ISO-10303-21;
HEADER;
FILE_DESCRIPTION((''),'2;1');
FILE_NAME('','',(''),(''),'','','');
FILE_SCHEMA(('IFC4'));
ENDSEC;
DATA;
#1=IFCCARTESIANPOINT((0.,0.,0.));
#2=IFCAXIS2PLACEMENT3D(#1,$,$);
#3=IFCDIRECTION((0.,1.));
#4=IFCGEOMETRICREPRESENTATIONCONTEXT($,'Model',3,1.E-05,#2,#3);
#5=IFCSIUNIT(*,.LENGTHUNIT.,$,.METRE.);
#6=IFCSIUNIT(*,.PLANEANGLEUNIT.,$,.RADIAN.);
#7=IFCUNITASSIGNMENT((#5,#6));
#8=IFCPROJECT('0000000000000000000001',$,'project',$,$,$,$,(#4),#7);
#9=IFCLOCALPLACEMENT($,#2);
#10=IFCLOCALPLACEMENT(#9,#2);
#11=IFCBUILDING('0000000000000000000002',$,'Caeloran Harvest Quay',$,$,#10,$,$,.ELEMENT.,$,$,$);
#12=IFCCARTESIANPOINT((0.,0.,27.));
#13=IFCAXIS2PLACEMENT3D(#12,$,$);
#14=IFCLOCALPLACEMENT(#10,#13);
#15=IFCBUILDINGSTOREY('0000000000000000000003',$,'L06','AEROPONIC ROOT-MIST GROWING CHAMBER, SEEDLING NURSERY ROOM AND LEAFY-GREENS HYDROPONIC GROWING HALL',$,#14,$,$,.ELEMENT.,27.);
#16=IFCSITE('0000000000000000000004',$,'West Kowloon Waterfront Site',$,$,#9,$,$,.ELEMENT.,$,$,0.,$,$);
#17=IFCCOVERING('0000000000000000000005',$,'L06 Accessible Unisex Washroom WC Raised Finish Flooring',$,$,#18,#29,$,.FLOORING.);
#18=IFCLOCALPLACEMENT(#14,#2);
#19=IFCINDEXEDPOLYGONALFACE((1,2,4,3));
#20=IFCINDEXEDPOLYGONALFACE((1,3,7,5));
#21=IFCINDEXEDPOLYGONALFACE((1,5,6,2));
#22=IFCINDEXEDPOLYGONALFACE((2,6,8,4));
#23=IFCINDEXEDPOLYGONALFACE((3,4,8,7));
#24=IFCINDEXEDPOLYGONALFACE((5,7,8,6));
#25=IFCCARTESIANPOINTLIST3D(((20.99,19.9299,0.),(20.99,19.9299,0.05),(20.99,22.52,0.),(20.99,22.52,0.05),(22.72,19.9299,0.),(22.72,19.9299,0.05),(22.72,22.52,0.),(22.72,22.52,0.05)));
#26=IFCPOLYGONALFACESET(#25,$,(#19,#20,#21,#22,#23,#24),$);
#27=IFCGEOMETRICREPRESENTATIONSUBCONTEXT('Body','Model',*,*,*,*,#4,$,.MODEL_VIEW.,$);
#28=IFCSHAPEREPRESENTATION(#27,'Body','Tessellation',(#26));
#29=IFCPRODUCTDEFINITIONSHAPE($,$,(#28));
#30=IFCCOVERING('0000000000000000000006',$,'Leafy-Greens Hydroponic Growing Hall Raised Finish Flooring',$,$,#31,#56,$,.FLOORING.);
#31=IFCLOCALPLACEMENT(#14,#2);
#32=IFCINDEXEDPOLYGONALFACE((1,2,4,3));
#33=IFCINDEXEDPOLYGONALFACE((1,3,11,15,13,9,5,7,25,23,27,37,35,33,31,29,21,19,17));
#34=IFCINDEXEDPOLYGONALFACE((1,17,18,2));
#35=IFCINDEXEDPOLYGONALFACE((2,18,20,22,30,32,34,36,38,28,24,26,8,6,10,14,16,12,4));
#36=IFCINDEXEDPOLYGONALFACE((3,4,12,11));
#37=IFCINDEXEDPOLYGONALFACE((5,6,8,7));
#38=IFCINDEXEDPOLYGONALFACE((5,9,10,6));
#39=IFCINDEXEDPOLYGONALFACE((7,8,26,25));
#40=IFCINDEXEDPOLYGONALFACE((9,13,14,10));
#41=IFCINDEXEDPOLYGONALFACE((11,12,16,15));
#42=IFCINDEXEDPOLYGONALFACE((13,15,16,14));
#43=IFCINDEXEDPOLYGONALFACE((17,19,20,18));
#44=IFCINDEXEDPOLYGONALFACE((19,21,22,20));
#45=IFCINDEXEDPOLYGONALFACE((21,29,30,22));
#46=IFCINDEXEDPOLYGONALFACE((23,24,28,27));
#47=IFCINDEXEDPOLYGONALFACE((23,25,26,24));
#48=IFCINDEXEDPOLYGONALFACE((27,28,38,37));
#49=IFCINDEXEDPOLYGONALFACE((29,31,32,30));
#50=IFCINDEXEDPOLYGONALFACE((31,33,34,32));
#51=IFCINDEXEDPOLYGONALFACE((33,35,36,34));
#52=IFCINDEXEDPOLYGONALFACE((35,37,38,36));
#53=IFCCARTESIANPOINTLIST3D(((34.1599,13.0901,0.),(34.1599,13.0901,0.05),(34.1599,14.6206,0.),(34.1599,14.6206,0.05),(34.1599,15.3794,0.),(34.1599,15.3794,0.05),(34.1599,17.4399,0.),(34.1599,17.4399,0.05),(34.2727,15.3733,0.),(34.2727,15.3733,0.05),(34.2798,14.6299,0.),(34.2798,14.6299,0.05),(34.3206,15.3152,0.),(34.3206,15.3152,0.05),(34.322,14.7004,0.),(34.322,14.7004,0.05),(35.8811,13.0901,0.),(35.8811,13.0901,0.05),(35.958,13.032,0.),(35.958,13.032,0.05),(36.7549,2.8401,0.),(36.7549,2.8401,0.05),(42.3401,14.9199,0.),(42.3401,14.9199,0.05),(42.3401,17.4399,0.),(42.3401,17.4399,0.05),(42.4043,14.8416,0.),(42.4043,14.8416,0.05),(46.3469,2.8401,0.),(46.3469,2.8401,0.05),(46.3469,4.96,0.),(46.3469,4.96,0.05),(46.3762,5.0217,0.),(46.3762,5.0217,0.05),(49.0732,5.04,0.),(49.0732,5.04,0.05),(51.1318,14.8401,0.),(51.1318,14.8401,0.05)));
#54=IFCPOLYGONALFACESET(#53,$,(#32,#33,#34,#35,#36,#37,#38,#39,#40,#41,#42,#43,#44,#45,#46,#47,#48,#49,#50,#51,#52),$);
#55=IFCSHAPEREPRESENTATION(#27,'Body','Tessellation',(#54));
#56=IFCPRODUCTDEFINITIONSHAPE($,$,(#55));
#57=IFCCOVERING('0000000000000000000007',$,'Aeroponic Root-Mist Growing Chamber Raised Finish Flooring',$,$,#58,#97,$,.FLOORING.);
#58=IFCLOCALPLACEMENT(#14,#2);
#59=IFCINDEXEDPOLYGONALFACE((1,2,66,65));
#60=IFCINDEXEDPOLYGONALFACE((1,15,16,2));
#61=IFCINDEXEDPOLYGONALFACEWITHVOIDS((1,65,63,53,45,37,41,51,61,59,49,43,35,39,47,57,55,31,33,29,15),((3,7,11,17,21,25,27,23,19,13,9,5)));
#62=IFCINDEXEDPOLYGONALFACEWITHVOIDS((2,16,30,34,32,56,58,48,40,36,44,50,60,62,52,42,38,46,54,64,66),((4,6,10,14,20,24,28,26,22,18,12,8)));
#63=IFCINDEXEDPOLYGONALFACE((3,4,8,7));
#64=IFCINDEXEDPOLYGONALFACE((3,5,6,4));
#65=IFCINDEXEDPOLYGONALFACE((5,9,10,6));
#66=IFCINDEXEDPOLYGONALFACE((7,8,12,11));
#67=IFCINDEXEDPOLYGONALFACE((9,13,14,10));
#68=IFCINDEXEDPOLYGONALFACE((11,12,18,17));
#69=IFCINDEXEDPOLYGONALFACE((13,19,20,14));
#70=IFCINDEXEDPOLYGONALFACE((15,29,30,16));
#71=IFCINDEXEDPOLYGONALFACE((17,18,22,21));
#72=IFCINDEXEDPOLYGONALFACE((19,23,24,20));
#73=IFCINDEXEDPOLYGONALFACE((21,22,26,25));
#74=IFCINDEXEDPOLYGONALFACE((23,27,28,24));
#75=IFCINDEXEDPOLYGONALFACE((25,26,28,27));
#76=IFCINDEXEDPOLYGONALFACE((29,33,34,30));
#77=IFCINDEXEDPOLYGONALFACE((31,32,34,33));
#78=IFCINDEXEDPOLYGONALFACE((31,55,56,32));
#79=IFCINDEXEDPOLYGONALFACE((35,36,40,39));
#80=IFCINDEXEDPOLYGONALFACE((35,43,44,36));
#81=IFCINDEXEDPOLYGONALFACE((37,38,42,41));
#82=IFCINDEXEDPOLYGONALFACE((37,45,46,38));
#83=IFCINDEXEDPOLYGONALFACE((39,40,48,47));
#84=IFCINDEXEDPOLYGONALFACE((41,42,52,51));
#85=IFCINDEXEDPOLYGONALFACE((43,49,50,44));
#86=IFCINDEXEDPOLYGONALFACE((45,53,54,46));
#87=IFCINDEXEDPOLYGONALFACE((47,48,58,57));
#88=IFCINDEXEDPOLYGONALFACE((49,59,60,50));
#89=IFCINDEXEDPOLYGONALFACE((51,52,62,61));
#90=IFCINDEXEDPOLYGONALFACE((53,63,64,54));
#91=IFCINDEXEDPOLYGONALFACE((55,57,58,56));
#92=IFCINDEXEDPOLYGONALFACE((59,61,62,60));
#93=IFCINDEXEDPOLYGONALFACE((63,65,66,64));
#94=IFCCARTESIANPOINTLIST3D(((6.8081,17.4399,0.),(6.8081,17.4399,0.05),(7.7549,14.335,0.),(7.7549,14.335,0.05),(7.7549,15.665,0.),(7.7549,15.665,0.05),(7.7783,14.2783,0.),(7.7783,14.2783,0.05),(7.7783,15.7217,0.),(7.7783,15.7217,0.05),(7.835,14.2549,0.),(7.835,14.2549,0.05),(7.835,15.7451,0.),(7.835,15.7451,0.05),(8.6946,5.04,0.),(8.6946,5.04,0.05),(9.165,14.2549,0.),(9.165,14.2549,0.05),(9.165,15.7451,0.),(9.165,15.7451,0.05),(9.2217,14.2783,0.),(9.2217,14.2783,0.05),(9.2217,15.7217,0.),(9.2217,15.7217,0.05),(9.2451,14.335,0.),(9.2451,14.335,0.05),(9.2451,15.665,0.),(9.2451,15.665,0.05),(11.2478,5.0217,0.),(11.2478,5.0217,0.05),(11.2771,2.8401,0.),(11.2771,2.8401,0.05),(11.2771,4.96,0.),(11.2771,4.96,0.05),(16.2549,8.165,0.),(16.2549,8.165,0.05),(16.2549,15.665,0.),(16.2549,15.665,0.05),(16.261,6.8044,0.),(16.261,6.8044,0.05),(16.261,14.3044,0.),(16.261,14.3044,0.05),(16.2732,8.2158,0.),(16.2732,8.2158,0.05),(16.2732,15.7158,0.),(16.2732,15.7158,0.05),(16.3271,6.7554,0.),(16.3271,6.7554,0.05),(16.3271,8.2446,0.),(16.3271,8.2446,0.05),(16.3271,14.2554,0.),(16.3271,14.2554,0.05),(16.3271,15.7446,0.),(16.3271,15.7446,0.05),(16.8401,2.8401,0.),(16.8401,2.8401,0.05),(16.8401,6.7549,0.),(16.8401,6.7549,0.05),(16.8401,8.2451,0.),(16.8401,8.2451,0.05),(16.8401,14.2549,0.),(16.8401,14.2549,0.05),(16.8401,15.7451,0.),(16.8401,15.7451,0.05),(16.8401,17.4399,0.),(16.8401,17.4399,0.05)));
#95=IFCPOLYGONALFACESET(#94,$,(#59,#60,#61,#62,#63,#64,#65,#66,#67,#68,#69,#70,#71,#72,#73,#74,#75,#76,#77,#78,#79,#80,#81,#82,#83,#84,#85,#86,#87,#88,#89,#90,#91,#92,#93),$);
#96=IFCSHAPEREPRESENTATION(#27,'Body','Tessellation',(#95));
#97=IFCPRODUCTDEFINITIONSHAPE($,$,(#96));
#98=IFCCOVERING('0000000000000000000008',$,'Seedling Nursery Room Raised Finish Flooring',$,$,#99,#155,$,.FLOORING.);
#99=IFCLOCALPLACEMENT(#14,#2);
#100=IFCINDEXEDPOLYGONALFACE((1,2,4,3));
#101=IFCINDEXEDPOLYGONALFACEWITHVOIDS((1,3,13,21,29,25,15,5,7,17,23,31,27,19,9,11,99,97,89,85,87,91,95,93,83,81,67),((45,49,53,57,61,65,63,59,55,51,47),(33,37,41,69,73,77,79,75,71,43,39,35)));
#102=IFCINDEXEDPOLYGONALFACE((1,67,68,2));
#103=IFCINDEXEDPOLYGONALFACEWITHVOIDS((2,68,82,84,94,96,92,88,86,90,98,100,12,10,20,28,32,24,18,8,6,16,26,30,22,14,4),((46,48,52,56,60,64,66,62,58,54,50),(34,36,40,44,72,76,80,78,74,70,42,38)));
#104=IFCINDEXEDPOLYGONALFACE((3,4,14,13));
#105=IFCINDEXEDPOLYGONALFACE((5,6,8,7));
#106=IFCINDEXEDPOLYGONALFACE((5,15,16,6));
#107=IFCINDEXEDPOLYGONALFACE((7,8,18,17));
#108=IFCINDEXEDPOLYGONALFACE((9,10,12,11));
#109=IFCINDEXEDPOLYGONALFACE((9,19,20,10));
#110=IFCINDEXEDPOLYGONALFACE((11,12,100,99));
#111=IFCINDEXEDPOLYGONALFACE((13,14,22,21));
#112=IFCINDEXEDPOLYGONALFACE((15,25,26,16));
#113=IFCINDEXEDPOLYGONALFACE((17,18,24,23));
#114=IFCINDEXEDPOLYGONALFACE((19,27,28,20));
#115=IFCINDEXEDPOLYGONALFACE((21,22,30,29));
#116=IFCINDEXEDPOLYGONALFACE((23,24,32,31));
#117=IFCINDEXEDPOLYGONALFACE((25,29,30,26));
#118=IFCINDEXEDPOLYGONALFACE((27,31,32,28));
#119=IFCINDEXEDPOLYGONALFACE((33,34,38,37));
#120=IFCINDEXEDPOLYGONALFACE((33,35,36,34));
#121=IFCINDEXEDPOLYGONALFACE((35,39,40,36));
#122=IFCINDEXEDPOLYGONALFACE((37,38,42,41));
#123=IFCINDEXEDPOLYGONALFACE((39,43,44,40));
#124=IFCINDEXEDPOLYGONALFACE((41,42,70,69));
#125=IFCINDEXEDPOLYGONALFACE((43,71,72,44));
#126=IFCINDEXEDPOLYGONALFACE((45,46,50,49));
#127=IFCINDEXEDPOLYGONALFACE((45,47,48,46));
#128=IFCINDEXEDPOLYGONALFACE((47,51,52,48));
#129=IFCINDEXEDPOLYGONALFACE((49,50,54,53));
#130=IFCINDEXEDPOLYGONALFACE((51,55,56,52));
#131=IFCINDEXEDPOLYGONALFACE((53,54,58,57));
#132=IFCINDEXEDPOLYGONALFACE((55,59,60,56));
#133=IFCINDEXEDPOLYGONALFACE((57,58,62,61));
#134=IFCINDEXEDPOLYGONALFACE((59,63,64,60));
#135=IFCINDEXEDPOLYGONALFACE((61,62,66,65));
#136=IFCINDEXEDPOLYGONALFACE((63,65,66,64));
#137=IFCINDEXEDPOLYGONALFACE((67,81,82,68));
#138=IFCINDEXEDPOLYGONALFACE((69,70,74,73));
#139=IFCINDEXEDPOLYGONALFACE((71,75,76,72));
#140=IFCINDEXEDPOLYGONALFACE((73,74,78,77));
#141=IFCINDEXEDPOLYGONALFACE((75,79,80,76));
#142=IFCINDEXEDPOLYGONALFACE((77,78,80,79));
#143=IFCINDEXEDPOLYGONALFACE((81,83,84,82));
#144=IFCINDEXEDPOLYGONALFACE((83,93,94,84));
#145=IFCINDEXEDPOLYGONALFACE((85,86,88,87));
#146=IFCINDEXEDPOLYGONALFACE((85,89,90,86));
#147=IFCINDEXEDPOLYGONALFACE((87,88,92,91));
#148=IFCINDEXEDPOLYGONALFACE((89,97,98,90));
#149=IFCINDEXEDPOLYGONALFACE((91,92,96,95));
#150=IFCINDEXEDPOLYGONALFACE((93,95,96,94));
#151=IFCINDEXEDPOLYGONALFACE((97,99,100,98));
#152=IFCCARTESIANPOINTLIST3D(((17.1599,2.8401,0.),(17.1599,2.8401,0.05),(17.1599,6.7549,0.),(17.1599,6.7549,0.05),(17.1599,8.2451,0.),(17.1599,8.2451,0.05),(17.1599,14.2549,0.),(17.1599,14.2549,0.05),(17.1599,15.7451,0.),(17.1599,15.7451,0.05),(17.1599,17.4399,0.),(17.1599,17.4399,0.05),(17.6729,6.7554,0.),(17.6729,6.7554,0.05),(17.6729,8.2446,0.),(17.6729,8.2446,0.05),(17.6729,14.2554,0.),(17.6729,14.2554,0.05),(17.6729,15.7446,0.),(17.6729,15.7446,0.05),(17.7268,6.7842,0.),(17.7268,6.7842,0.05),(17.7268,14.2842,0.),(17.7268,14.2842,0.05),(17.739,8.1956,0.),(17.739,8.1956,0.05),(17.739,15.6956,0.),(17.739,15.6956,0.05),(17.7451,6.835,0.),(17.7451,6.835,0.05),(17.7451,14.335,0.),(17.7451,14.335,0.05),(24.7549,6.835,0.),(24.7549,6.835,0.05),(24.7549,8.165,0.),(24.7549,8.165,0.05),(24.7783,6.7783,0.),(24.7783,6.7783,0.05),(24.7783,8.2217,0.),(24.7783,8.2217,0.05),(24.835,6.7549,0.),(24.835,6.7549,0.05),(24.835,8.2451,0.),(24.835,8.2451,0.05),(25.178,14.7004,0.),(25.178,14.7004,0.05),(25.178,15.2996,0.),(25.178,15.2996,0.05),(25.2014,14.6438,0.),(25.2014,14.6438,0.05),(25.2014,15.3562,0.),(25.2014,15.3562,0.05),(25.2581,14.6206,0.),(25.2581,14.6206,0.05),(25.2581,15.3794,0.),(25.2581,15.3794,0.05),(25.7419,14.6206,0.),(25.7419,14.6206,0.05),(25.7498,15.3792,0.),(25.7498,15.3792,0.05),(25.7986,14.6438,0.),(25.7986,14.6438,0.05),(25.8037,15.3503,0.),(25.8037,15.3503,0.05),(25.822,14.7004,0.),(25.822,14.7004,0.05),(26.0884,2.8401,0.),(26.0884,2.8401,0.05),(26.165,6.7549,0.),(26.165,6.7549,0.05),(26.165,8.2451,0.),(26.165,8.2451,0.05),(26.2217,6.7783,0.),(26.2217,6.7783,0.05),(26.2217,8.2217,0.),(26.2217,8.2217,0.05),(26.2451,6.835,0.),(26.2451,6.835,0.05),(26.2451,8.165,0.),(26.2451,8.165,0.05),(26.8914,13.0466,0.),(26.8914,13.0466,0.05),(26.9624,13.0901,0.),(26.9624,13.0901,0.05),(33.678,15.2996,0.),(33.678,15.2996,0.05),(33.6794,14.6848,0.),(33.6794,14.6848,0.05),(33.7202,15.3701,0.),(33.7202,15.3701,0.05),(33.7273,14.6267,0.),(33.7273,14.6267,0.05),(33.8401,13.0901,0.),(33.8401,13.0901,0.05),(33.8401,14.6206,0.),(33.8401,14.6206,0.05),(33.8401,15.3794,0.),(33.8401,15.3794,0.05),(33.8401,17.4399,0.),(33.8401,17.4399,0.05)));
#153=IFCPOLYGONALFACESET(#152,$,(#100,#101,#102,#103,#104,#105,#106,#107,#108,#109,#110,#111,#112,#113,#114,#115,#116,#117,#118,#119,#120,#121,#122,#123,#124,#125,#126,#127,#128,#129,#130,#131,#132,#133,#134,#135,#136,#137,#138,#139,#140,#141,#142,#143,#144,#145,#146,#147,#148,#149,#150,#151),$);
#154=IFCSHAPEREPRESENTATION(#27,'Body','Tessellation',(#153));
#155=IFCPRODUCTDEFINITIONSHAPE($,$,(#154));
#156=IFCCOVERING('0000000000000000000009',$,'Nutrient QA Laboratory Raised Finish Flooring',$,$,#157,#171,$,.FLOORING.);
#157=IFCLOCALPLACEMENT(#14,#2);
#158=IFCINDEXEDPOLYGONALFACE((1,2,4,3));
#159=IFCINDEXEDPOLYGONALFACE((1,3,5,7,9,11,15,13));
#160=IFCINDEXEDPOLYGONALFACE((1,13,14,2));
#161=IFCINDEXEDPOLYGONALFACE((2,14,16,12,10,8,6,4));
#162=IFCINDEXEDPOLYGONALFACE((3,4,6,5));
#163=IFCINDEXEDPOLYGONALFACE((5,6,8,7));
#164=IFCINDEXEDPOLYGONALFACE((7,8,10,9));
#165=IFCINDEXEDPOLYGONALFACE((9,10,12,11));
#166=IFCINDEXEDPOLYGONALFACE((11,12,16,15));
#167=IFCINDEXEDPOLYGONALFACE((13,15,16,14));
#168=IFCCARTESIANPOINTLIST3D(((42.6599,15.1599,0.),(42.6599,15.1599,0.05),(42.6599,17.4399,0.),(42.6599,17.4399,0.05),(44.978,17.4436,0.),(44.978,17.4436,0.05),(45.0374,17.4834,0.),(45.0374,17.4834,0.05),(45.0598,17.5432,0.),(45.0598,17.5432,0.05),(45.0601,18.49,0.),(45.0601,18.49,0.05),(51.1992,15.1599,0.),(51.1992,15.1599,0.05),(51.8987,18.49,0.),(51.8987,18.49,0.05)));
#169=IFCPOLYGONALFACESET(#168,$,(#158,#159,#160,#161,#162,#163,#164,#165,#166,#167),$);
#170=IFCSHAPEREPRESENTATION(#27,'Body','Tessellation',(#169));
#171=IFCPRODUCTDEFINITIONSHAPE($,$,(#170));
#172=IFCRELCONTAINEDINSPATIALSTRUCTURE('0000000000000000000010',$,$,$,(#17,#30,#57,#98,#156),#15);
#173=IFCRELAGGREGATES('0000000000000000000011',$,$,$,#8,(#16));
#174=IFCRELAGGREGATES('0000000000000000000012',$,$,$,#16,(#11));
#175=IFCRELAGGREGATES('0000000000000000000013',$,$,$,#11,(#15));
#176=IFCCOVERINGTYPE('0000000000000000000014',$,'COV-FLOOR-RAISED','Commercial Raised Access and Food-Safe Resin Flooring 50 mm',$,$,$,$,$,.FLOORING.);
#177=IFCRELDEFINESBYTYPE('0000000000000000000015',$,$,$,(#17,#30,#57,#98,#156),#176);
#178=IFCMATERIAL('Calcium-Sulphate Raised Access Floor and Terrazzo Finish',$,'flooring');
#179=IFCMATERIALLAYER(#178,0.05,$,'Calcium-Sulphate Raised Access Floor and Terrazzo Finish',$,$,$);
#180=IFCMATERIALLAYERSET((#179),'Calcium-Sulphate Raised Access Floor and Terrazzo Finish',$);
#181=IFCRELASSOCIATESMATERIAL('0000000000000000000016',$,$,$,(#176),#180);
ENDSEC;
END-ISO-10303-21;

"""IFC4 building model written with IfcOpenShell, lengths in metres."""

from ifc_helpers import new_model, si_unit, direction, frame, origin, place, context, subcontext, project, spatial, polyline, outline, extrude, material, layer, layer_set, type_object, element, save


model = new_model("IFC4")

# Units and contexts
model_context = context("Model", 3, precision=1e-05, world=origin(), true_north=direction((0.0, 1.0)))
body_context = subcontext(model_context, "Body", "Model", "MODEL_VIEW")
ifc_project = project(units=[si_unit("LENGTHUNIT", "METRE"), si_unit("PLANEANGLEUNIT", "RADIAN")], contexts=[model_context])

# Site, building, storey
site_placement = place(None, origin())
site = spatial("IfcSite", under=ifc_project, at=site_placement, Name="West Kowloon Waterfront Site", CompositionType="ELEMENT", RefElevation=0.0)
building_placement = place(site_placement, origin())
building = spatial("IfcBuilding", under=site, at=building_placement, Name="Caeloran Harvest Quay", CompositionType="ELEMENT")
storey_placement = place(building_placement, frame((0.0, 0.0, 27.0)))
storey = spatial("IfcBuildingStorey", under=building, at=storey_placement, Name="L06", Description="AEROPONIC ROOT-MIST GROWING CHAMBER, SEEDLING NURSERY ROOM AND LEAFY-GREENS HYDROPONIC GROWING HALL", CompositionType="ELEMENT", Elevation=27.0)

# Coverings
ifc_material_1 = material(Name="Calcium-Sulphate Raised Access Floor and Terrazzo Finish", Category="flooring")
ifc_layer_1 = layer(ifc_material_1, 0.05, Name="Calcium-Sulphate Raised Access Floor and Terrazzo Finish")
ifc_layer_set_1 = layer_set([ifc_layer_1], Name="Calcium-Sulphate Raised Access Floor and Terrazzo Finish")
covering_type_1 = type_object("IfcCoveringType", Name="COV-FLOOR-RAISED", Description="Commercial Raised Access and Food-Safe Resin Flooring 50 mm", PredefinedType="FLOORING", material=ifc_layer_set_1)
covering_1_placement = place(storey_placement, origin())
element("IfcCovering", 1, at=covering_1_placement, inside=storey, type_object=covering_type_1, Name="L06 Accessible Unisex Washroom WC Raised Finish Flooring", PredefinedType="FLOORING", context=body_context, shape_type="SweptSolid", body=[
    extrude(outline(polyline([(22.72, 19.9299), (20.99, 19.9299), (20.99, 22.52), (22.72, 22.52), (22.72, 19.9299)])), origin(), (0.0, 0.0, 1.0), 0.05),
])
covering_2_placement = place(storey_placement, origin())
element("IfcCovering", 2, at=covering_2_placement, inside=storey, type_object=covering_type_1, Name="Leafy-Greens Hydroponic Growing Hall Raised Finish Flooring", PredefinedType="FLOORING", context=body_context, shape_type="SweptSolid", body=[
    extrude(outline(polyline([(34.1599, 13.0901), (34.1599, 14.6206), (34.2798, 14.6299), (34.322, 14.7004), (34.3206, 15.3152), (34.2727, 15.3733), (34.1599, 15.3794), (34.1599, 17.4399), (42.3401, 17.4399), (42.3401, 14.9199), (42.4043, 14.8416), (51.1318, 14.8401), (49.0732, 5.04), (46.3762, 5.0217), (46.3469, 4.96), (46.3469, 2.8401), (36.7549, 2.8401), (35.958, 13.032), (35.8811, 13.0901), (34.1599, 13.0901)])), origin(), (0.0, 0.0, 1.0), 0.05),
])
covering_3_placement = place(storey_placement, origin())
element("IfcCovering", 3, at=covering_3_placement, inside=storey, type_object=covering_type_1, Name="Aeroponic Root-Mist Growing Chamber Raised Finish Flooring", PredefinedType="FLOORING", context=body_context, shape_type="SweptSolid", body=[
    extrude(outline(polyline([(16.8401, 17.4399), (16.8401, 15.7451), (16.3271, 15.7446), (16.2732, 15.7158), (16.2549, 15.665), (16.261, 14.3044), (16.3271, 14.2554), (16.8401, 14.2549), (16.8401, 8.2451), (16.3271, 8.2446), (16.2732, 8.2158), (16.2549, 8.165), (16.261, 6.8044), (16.3271, 6.7554), (16.8401, 6.7549), (16.8401, 2.8401), (11.2771, 2.8401), (11.2771, 4.96), (11.2478, 5.0217), (8.6946, 5.04), (6.8081, 17.4399), (16.8401, 17.4399)]), holes=[polyline([(9.2451, 15.665), (9.2217, 15.7217), (9.165, 15.7451), (7.835, 15.7451), (7.7783, 15.7217), (7.7549, 15.665), (7.7549, 14.335), (7.7783, 14.2783), (7.835, 14.2549), (9.165, 14.2549), (9.2217, 14.2783), (9.2451, 14.335), (9.2451, 15.665)])]), origin(), (0.0, 0.0, 1.0), 0.05),
])
covering_4_placement = place(storey_placement, origin())
element("IfcCovering", 4, at=covering_4_placement, inside=storey, type_object=covering_type_1, Name="Seedling Nursery Room Raised Finish Flooring", PredefinedType="FLOORING", context=body_context, shape_type="SweptSolid", body=[
    extrude(outline(polyline([(33.8401, 17.4399), (33.8401, 15.3794), (33.7202, 15.3701), (33.678, 15.2996), (33.6794, 14.6848), (33.7273, 14.6267), (33.8401, 14.6206), (33.8401, 13.0901), (26.9624, 13.0901), (26.8914, 13.0466), (26.0884, 2.8401), (17.1599, 2.8401), (17.1599, 6.7549), (17.6729, 6.7554), (17.7268, 6.7842), (17.7451, 6.835), (17.739, 8.1956), (17.6729, 8.2446), (17.1599, 8.2451), (17.1599, 14.2549), (17.6729, 14.2554), (17.7268, 14.2842), (17.7451, 14.335), (17.739, 15.6956), (17.6729, 15.7446), (17.1599, 15.7451), (17.1599, 17.4399), (33.8401, 17.4399)]), holes=[polyline([(26.2451, 8.165), (26.2217, 8.2217), (26.165, 8.2451), (24.835, 8.2451), (24.7783, 8.2217), (24.7549, 8.165), (24.7549, 6.835), (24.7783, 6.7783), (24.835, 6.7549), (26.165, 6.7549), (26.2217, 6.7783), (26.2451, 6.835), (26.2451, 8.165)]), polyline([(25.822, 14.7004), (25.8037, 15.3503), (25.7498, 15.3792), (25.2581, 15.3794), (25.2014, 15.3562), (25.178, 15.2996), (25.178, 14.7004), (25.2014, 14.6438), (25.2581, 14.6206), (25.7419, 14.6206), (25.7986, 14.6438), (25.822, 14.7004)])]), origin(), (0.0, 0.0, 1.0), 0.05),
])
covering_5_placement = place(storey_placement, origin())
element("IfcCovering", 5, at=covering_5_placement, inside=storey, type_object=covering_type_1, Name="Nutrient QA Laboratory Raised Finish Flooring", PredefinedType="FLOORING", context=body_context, shape_type="SweptSolid", body=[
    extrude(outline(polyline([(44.978, 17.4436), (45.0374, 17.4834), (45.0598, 17.5432), (45.0601, 18.49), (51.8987, 18.49), (51.1992, 15.1599), (42.6599, 15.1599), (42.6599, 17.4399), (44.978, 17.4436)])), origin(), (0.0, 0.0, 1.0), 0.05),
])

save(model, "model.ifc")
